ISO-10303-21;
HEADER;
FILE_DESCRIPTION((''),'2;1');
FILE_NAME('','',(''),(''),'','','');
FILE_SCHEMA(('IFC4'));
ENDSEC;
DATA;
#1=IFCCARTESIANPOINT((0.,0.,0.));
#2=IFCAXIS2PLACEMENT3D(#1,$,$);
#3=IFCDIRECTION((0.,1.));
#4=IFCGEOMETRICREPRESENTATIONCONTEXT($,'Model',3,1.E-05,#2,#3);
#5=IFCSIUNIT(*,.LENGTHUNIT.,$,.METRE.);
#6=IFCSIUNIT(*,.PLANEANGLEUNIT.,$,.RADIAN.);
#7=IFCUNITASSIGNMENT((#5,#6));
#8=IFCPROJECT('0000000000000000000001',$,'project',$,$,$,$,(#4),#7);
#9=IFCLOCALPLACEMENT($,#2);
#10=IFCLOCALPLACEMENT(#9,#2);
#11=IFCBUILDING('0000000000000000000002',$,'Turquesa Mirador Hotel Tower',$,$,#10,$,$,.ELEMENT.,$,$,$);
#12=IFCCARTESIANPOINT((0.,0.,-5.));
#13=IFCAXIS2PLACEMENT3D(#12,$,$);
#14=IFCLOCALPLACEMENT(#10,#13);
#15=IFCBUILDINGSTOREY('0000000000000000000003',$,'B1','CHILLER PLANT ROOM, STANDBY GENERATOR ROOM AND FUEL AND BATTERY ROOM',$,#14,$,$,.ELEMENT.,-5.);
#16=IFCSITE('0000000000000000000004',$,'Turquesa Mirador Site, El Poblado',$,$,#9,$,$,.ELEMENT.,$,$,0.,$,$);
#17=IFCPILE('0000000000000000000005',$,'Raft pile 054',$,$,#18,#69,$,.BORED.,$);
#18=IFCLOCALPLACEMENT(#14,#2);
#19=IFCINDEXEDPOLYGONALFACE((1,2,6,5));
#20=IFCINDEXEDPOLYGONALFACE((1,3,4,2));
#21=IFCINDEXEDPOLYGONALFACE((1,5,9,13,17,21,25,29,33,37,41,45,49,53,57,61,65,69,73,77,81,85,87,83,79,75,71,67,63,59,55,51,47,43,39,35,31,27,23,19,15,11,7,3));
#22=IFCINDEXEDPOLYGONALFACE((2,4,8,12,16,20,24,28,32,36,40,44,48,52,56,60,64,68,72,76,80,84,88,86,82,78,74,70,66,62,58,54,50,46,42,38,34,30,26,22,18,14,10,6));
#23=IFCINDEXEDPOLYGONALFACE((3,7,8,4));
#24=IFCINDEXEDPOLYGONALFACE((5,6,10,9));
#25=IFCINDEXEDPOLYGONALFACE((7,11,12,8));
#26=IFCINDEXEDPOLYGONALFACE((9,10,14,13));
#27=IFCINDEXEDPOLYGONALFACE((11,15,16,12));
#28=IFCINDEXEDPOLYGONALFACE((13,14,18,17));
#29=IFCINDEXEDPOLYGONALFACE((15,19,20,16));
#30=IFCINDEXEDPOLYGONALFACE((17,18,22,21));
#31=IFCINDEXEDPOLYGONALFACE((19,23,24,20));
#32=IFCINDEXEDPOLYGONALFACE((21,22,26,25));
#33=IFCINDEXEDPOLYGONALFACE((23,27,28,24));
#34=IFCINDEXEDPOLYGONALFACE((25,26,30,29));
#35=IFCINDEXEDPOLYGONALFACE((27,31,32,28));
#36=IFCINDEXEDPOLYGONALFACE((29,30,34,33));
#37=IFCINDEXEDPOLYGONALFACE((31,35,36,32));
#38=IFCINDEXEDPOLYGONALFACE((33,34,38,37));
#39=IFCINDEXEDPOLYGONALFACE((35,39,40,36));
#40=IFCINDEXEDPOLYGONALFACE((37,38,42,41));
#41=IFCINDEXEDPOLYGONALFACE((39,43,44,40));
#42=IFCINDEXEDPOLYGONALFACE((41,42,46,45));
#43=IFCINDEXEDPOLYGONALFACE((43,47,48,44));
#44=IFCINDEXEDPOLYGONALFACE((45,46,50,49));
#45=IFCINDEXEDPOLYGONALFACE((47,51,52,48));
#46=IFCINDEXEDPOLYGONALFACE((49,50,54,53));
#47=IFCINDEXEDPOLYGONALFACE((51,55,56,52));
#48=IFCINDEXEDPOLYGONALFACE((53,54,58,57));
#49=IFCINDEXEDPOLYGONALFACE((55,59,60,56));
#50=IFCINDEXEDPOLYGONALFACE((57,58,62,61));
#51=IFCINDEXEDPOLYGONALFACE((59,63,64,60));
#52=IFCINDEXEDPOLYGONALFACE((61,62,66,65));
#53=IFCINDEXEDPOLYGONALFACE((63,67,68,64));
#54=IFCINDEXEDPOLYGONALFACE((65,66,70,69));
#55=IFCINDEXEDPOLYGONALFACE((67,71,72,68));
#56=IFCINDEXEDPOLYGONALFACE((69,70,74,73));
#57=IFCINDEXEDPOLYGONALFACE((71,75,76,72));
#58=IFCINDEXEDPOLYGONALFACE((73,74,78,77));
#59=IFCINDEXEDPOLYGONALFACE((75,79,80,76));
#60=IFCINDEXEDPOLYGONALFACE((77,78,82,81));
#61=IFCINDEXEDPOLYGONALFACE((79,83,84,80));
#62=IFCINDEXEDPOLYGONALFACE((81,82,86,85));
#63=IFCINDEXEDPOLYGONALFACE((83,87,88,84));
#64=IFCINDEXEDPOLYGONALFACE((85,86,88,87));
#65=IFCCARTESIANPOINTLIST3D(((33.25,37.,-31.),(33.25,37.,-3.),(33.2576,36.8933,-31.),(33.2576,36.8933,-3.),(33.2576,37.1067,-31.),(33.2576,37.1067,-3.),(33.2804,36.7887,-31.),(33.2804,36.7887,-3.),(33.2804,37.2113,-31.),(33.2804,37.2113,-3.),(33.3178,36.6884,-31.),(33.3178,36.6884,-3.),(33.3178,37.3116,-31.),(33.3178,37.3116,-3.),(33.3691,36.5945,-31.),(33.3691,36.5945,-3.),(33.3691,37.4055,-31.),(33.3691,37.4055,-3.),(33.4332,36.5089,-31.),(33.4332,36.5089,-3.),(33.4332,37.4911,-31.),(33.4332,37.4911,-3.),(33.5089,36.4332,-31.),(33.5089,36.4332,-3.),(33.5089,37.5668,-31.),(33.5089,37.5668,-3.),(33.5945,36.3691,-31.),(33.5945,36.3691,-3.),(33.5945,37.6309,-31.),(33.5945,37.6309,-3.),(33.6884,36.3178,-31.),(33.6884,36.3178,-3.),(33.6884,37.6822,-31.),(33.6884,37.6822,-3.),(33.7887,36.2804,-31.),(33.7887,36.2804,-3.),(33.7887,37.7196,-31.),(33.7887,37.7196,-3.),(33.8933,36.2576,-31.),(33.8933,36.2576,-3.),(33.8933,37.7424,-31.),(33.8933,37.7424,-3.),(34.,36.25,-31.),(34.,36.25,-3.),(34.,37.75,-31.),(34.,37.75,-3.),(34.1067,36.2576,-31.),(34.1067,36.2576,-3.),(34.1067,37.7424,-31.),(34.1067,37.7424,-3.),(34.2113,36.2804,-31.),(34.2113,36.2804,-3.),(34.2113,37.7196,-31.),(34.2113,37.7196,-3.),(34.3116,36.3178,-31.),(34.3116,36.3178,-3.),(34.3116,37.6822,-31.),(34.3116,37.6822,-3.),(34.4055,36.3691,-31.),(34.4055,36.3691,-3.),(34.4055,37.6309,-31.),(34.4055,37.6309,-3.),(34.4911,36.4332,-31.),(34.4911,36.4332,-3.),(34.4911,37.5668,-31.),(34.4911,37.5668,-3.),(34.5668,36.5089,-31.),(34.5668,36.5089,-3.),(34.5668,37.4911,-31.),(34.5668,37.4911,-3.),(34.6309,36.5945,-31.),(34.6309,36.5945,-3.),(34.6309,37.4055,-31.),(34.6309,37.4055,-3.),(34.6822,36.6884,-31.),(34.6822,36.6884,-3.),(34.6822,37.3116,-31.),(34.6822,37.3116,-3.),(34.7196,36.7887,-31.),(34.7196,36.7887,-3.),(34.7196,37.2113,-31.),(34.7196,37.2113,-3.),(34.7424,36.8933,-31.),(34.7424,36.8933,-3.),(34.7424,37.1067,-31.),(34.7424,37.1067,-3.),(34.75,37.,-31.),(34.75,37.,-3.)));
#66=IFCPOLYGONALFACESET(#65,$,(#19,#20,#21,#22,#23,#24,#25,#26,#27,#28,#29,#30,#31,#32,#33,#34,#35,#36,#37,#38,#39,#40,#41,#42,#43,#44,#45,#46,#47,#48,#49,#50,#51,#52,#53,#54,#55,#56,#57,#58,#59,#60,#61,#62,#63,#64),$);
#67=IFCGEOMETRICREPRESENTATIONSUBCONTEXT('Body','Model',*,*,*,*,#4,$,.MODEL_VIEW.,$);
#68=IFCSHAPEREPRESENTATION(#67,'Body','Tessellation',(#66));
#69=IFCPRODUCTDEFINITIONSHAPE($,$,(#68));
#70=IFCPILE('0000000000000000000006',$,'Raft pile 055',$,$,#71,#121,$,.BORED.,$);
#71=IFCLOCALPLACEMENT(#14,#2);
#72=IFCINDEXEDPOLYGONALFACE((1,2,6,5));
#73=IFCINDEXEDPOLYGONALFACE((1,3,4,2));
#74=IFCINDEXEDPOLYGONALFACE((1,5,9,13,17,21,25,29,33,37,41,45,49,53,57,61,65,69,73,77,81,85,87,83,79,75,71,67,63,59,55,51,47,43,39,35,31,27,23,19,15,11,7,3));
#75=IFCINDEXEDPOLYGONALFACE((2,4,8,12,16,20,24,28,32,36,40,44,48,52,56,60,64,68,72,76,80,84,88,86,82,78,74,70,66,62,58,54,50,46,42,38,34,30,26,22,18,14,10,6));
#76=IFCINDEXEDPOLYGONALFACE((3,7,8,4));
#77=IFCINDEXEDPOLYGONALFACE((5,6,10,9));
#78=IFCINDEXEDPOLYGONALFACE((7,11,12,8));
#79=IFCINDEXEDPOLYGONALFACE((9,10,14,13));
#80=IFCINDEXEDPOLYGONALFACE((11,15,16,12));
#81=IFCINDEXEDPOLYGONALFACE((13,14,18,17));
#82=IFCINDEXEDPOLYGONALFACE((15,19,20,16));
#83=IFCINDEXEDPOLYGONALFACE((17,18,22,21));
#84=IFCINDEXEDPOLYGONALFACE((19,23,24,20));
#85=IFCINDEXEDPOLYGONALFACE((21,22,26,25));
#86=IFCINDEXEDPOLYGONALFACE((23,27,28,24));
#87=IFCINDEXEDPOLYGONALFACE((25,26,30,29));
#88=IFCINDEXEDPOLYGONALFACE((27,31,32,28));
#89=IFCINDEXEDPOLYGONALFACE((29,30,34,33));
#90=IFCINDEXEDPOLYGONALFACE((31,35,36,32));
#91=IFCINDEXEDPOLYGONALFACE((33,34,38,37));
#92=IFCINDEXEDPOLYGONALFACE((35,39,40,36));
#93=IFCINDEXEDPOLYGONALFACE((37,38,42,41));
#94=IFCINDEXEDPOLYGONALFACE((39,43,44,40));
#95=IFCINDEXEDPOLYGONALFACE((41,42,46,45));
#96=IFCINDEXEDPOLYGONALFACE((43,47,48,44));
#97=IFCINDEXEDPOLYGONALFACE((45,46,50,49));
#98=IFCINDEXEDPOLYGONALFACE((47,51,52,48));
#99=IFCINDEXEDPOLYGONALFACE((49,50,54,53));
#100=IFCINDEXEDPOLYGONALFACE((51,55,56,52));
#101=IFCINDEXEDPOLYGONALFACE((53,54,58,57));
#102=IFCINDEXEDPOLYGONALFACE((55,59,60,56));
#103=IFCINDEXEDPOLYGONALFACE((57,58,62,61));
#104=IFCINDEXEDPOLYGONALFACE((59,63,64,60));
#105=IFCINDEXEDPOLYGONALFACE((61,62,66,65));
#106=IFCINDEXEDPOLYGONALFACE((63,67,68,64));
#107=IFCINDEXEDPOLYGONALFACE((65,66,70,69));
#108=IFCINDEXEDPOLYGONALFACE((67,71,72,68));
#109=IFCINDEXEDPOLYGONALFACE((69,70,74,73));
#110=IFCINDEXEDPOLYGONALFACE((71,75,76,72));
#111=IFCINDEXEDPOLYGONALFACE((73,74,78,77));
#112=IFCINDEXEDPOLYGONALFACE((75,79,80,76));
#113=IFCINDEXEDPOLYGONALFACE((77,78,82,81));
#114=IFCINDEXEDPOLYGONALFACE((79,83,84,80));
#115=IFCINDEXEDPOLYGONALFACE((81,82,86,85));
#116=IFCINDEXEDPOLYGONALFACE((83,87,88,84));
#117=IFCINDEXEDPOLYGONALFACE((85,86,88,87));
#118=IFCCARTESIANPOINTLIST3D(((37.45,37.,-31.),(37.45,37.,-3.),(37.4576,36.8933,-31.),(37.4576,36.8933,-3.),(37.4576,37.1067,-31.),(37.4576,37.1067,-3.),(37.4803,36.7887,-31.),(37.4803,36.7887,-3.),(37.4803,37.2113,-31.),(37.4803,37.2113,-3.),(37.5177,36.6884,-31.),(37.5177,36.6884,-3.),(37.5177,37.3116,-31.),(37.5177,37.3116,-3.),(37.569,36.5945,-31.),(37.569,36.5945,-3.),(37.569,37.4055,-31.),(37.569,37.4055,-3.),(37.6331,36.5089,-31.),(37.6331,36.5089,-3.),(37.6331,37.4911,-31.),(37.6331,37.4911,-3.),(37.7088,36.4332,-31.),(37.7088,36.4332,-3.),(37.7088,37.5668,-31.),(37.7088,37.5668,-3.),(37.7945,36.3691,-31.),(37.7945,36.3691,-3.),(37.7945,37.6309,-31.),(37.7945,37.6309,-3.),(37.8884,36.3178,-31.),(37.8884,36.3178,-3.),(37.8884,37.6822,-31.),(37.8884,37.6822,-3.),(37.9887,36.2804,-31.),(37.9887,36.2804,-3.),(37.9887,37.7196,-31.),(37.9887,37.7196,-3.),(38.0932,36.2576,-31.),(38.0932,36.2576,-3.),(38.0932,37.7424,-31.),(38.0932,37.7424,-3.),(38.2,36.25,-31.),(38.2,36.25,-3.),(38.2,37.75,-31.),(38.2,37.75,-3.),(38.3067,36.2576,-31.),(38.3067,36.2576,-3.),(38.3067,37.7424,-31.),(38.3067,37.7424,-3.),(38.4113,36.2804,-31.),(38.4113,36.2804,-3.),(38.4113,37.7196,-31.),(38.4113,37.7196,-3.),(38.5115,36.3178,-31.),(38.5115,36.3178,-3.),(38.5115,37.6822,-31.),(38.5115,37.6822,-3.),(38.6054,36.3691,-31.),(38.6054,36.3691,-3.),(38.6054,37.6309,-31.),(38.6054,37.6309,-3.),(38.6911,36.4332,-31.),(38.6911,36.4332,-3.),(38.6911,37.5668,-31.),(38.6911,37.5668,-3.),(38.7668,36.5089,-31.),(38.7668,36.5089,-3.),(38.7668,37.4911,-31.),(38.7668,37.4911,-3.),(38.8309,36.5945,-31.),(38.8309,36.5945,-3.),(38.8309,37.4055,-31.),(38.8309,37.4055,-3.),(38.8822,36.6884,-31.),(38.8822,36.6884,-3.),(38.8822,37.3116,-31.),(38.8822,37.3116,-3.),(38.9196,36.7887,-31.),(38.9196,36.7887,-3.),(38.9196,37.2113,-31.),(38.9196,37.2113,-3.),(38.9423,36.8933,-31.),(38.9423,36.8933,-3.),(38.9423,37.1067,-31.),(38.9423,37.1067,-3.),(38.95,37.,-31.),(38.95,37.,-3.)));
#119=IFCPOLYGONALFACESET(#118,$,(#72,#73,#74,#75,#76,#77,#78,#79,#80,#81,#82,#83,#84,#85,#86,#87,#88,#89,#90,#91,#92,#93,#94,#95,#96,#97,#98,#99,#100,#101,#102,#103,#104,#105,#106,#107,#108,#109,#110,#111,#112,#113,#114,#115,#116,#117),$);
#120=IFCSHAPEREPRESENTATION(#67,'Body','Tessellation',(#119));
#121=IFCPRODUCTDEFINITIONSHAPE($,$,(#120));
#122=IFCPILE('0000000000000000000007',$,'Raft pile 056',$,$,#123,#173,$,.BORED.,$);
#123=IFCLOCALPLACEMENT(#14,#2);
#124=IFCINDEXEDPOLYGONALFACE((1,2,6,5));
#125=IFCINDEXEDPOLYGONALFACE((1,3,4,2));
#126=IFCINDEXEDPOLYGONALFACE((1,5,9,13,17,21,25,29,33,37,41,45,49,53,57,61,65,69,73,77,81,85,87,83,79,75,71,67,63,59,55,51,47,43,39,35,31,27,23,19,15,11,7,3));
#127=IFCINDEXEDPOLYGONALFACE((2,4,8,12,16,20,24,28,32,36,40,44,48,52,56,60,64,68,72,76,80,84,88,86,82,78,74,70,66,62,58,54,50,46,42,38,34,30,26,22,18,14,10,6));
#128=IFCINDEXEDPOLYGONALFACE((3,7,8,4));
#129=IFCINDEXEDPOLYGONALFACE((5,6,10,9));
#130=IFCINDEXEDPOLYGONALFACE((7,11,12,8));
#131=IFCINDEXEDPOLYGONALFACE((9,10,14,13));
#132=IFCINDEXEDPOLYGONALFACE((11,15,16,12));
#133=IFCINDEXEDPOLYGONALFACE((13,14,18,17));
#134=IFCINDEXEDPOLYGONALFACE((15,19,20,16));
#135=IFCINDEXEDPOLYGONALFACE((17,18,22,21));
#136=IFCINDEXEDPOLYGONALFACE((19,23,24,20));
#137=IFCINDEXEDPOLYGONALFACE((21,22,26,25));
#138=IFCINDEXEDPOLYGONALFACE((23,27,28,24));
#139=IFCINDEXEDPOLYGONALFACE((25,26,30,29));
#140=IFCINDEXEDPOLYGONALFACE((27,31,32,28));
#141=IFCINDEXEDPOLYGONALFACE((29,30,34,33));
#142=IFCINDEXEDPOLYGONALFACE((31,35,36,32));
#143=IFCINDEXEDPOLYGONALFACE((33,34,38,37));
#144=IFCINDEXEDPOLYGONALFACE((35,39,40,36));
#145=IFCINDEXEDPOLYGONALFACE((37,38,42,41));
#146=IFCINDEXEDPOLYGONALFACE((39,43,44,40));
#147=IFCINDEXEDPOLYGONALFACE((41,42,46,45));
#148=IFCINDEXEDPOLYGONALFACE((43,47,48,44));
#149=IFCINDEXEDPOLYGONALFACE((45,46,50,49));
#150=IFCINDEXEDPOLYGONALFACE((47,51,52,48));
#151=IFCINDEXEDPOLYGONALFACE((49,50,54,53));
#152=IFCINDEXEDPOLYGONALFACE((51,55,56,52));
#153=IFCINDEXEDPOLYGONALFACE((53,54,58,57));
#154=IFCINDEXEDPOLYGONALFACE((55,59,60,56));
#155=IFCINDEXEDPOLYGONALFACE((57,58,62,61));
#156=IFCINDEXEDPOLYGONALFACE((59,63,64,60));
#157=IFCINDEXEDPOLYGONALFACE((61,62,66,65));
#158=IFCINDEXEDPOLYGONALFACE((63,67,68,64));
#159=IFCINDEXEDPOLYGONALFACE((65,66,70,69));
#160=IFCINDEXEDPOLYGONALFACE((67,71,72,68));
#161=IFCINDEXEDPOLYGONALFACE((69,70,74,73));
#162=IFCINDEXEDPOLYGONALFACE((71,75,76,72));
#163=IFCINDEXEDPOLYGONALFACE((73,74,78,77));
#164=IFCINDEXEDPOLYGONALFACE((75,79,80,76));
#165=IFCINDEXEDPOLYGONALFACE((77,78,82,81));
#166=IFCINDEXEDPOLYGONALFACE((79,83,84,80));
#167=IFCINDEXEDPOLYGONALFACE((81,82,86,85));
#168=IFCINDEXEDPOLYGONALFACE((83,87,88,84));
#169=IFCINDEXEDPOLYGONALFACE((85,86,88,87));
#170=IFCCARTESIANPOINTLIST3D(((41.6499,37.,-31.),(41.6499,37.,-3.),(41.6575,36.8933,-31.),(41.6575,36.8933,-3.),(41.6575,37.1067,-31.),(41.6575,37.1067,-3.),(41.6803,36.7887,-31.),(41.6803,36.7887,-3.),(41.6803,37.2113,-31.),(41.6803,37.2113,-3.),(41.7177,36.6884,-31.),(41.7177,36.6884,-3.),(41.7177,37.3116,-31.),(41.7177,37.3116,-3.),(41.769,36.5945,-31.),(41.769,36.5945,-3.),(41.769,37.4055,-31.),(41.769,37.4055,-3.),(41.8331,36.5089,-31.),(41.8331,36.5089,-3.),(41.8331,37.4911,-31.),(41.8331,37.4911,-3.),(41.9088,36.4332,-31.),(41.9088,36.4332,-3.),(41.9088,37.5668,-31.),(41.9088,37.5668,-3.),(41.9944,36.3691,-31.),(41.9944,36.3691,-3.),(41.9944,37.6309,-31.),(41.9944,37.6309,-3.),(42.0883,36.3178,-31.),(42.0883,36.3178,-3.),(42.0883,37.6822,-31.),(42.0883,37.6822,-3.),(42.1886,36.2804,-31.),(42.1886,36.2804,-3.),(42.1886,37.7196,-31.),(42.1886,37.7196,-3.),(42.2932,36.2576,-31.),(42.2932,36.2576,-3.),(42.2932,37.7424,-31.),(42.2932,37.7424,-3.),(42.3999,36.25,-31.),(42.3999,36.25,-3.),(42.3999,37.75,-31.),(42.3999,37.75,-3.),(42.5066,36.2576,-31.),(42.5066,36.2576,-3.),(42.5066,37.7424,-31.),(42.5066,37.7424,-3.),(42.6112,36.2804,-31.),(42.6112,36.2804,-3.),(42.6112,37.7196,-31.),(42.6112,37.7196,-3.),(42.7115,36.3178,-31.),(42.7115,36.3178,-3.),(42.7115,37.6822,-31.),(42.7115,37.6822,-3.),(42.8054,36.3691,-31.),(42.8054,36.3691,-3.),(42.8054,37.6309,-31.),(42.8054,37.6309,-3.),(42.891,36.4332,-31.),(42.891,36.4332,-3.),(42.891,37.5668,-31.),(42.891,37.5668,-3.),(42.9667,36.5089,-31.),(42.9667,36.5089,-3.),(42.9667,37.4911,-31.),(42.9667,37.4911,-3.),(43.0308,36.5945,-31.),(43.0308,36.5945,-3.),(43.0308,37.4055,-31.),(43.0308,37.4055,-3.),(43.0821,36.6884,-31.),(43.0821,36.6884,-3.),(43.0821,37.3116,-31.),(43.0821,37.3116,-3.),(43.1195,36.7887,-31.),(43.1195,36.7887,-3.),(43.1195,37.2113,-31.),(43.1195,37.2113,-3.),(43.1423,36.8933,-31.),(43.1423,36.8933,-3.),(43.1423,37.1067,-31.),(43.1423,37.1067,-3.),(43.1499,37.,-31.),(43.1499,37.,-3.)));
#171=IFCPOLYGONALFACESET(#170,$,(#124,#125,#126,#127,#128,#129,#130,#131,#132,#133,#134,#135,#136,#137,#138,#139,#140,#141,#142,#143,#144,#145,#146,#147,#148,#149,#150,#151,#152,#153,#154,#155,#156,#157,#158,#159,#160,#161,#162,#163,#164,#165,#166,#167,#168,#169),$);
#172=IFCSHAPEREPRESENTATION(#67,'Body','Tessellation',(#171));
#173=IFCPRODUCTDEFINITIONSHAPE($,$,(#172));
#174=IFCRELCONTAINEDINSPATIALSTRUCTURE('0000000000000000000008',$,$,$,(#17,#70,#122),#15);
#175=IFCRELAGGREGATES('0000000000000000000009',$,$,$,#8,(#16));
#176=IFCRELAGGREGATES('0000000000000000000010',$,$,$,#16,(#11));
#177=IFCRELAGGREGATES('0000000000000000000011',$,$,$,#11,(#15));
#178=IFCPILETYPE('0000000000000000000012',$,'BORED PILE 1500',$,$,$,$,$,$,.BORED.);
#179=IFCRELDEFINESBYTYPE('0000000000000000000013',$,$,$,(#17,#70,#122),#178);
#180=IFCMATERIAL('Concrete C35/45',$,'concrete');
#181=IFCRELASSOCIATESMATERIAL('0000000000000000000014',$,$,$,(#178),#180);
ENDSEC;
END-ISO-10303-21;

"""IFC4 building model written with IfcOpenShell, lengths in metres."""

from ifc_helpers import new_model, si_unit, direction, frame, origin, origin_2d, place, context, subcontext, project, spatial, circle, extrude, material, type_object, element, save


model = new_model("IFC4")

# Units and contexts
model_context = context("Model", 3, precision=1e-05, world=origin(), true_north=direction((0.0, 1.0)))
body_context = subcontext(model_context, "Body", "Model", "MODEL_VIEW")
ifc_project = project(units=[si_unit("LENGTHUNIT", "METRE"), si_unit("PLANEANGLEUNIT", "RADIAN")], contexts=[model_context])

# Site, building, storey
site_placement = place(None, origin())
site = spatial("IfcSite", under=ifc_project, at=site_placement, Name="Turquesa Mirador Site, El Poblado", CompositionType="ELEMENT", RefElevation=0.0)
building_placement = place(site_placement, origin())
building = spatial("IfcBuilding", under=site, at=building_placement, Name="Turquesa Mirador Hotel Tower", CompositionType="ELEMENT")
storey_placement = place(building_placement, frame((0.0, 0.0, -5.0)))
storey = spatial("IfcBuildingStorey", under=building, at=storey_placement, Name="B1", Description="CHILLER PLANT ROOM, STANDBY GENERATOR ROOM AND FUEL AND BATTERY ROOM", CompositionType="ELEMENT", Elevation=-5.0)

# Piles
ifc_material_1 = material(Name="Concrete C35/45", Category="concrete")
pile_type = type_object("IfcPileType", Name="BORED PILE 1500", PredefinedType="BORED", material=ifc_material_1)
for number, where, z_axis, x_axis, name in (
    (1, (34.0, 37.0, -3.0), (0.0, 0.0, -1.0), (1.0, 0.0, 0.0), "Raft pile 054"),
    (2, (38.2, 37.0, -3.0), (0.0, 0.0, -1.0), (1.0, 0.0, 0.0), "Raft pile 055"),
    (3, (42.3999, 37.0, -3.0), (0.0, 0.0, -1.0), (1.0, 0.0, 0.0), "Raft pile 056"),
):
    element("IfcPile", number, at=place(storey_placement, frame(where, z_axis=z_axis, x_axis=x_axis)), inside=storey, type_object=pile_type, Name=name, PredefinedType="BORED", context=body_context, shape_type="SweptSolid", body=[
        extrude(circle(Radius=0.75, at=origin_2d()), origin(), (0.0, 0.0, 1.0), 28.0),
    ])

save(model, "model.ifc")
